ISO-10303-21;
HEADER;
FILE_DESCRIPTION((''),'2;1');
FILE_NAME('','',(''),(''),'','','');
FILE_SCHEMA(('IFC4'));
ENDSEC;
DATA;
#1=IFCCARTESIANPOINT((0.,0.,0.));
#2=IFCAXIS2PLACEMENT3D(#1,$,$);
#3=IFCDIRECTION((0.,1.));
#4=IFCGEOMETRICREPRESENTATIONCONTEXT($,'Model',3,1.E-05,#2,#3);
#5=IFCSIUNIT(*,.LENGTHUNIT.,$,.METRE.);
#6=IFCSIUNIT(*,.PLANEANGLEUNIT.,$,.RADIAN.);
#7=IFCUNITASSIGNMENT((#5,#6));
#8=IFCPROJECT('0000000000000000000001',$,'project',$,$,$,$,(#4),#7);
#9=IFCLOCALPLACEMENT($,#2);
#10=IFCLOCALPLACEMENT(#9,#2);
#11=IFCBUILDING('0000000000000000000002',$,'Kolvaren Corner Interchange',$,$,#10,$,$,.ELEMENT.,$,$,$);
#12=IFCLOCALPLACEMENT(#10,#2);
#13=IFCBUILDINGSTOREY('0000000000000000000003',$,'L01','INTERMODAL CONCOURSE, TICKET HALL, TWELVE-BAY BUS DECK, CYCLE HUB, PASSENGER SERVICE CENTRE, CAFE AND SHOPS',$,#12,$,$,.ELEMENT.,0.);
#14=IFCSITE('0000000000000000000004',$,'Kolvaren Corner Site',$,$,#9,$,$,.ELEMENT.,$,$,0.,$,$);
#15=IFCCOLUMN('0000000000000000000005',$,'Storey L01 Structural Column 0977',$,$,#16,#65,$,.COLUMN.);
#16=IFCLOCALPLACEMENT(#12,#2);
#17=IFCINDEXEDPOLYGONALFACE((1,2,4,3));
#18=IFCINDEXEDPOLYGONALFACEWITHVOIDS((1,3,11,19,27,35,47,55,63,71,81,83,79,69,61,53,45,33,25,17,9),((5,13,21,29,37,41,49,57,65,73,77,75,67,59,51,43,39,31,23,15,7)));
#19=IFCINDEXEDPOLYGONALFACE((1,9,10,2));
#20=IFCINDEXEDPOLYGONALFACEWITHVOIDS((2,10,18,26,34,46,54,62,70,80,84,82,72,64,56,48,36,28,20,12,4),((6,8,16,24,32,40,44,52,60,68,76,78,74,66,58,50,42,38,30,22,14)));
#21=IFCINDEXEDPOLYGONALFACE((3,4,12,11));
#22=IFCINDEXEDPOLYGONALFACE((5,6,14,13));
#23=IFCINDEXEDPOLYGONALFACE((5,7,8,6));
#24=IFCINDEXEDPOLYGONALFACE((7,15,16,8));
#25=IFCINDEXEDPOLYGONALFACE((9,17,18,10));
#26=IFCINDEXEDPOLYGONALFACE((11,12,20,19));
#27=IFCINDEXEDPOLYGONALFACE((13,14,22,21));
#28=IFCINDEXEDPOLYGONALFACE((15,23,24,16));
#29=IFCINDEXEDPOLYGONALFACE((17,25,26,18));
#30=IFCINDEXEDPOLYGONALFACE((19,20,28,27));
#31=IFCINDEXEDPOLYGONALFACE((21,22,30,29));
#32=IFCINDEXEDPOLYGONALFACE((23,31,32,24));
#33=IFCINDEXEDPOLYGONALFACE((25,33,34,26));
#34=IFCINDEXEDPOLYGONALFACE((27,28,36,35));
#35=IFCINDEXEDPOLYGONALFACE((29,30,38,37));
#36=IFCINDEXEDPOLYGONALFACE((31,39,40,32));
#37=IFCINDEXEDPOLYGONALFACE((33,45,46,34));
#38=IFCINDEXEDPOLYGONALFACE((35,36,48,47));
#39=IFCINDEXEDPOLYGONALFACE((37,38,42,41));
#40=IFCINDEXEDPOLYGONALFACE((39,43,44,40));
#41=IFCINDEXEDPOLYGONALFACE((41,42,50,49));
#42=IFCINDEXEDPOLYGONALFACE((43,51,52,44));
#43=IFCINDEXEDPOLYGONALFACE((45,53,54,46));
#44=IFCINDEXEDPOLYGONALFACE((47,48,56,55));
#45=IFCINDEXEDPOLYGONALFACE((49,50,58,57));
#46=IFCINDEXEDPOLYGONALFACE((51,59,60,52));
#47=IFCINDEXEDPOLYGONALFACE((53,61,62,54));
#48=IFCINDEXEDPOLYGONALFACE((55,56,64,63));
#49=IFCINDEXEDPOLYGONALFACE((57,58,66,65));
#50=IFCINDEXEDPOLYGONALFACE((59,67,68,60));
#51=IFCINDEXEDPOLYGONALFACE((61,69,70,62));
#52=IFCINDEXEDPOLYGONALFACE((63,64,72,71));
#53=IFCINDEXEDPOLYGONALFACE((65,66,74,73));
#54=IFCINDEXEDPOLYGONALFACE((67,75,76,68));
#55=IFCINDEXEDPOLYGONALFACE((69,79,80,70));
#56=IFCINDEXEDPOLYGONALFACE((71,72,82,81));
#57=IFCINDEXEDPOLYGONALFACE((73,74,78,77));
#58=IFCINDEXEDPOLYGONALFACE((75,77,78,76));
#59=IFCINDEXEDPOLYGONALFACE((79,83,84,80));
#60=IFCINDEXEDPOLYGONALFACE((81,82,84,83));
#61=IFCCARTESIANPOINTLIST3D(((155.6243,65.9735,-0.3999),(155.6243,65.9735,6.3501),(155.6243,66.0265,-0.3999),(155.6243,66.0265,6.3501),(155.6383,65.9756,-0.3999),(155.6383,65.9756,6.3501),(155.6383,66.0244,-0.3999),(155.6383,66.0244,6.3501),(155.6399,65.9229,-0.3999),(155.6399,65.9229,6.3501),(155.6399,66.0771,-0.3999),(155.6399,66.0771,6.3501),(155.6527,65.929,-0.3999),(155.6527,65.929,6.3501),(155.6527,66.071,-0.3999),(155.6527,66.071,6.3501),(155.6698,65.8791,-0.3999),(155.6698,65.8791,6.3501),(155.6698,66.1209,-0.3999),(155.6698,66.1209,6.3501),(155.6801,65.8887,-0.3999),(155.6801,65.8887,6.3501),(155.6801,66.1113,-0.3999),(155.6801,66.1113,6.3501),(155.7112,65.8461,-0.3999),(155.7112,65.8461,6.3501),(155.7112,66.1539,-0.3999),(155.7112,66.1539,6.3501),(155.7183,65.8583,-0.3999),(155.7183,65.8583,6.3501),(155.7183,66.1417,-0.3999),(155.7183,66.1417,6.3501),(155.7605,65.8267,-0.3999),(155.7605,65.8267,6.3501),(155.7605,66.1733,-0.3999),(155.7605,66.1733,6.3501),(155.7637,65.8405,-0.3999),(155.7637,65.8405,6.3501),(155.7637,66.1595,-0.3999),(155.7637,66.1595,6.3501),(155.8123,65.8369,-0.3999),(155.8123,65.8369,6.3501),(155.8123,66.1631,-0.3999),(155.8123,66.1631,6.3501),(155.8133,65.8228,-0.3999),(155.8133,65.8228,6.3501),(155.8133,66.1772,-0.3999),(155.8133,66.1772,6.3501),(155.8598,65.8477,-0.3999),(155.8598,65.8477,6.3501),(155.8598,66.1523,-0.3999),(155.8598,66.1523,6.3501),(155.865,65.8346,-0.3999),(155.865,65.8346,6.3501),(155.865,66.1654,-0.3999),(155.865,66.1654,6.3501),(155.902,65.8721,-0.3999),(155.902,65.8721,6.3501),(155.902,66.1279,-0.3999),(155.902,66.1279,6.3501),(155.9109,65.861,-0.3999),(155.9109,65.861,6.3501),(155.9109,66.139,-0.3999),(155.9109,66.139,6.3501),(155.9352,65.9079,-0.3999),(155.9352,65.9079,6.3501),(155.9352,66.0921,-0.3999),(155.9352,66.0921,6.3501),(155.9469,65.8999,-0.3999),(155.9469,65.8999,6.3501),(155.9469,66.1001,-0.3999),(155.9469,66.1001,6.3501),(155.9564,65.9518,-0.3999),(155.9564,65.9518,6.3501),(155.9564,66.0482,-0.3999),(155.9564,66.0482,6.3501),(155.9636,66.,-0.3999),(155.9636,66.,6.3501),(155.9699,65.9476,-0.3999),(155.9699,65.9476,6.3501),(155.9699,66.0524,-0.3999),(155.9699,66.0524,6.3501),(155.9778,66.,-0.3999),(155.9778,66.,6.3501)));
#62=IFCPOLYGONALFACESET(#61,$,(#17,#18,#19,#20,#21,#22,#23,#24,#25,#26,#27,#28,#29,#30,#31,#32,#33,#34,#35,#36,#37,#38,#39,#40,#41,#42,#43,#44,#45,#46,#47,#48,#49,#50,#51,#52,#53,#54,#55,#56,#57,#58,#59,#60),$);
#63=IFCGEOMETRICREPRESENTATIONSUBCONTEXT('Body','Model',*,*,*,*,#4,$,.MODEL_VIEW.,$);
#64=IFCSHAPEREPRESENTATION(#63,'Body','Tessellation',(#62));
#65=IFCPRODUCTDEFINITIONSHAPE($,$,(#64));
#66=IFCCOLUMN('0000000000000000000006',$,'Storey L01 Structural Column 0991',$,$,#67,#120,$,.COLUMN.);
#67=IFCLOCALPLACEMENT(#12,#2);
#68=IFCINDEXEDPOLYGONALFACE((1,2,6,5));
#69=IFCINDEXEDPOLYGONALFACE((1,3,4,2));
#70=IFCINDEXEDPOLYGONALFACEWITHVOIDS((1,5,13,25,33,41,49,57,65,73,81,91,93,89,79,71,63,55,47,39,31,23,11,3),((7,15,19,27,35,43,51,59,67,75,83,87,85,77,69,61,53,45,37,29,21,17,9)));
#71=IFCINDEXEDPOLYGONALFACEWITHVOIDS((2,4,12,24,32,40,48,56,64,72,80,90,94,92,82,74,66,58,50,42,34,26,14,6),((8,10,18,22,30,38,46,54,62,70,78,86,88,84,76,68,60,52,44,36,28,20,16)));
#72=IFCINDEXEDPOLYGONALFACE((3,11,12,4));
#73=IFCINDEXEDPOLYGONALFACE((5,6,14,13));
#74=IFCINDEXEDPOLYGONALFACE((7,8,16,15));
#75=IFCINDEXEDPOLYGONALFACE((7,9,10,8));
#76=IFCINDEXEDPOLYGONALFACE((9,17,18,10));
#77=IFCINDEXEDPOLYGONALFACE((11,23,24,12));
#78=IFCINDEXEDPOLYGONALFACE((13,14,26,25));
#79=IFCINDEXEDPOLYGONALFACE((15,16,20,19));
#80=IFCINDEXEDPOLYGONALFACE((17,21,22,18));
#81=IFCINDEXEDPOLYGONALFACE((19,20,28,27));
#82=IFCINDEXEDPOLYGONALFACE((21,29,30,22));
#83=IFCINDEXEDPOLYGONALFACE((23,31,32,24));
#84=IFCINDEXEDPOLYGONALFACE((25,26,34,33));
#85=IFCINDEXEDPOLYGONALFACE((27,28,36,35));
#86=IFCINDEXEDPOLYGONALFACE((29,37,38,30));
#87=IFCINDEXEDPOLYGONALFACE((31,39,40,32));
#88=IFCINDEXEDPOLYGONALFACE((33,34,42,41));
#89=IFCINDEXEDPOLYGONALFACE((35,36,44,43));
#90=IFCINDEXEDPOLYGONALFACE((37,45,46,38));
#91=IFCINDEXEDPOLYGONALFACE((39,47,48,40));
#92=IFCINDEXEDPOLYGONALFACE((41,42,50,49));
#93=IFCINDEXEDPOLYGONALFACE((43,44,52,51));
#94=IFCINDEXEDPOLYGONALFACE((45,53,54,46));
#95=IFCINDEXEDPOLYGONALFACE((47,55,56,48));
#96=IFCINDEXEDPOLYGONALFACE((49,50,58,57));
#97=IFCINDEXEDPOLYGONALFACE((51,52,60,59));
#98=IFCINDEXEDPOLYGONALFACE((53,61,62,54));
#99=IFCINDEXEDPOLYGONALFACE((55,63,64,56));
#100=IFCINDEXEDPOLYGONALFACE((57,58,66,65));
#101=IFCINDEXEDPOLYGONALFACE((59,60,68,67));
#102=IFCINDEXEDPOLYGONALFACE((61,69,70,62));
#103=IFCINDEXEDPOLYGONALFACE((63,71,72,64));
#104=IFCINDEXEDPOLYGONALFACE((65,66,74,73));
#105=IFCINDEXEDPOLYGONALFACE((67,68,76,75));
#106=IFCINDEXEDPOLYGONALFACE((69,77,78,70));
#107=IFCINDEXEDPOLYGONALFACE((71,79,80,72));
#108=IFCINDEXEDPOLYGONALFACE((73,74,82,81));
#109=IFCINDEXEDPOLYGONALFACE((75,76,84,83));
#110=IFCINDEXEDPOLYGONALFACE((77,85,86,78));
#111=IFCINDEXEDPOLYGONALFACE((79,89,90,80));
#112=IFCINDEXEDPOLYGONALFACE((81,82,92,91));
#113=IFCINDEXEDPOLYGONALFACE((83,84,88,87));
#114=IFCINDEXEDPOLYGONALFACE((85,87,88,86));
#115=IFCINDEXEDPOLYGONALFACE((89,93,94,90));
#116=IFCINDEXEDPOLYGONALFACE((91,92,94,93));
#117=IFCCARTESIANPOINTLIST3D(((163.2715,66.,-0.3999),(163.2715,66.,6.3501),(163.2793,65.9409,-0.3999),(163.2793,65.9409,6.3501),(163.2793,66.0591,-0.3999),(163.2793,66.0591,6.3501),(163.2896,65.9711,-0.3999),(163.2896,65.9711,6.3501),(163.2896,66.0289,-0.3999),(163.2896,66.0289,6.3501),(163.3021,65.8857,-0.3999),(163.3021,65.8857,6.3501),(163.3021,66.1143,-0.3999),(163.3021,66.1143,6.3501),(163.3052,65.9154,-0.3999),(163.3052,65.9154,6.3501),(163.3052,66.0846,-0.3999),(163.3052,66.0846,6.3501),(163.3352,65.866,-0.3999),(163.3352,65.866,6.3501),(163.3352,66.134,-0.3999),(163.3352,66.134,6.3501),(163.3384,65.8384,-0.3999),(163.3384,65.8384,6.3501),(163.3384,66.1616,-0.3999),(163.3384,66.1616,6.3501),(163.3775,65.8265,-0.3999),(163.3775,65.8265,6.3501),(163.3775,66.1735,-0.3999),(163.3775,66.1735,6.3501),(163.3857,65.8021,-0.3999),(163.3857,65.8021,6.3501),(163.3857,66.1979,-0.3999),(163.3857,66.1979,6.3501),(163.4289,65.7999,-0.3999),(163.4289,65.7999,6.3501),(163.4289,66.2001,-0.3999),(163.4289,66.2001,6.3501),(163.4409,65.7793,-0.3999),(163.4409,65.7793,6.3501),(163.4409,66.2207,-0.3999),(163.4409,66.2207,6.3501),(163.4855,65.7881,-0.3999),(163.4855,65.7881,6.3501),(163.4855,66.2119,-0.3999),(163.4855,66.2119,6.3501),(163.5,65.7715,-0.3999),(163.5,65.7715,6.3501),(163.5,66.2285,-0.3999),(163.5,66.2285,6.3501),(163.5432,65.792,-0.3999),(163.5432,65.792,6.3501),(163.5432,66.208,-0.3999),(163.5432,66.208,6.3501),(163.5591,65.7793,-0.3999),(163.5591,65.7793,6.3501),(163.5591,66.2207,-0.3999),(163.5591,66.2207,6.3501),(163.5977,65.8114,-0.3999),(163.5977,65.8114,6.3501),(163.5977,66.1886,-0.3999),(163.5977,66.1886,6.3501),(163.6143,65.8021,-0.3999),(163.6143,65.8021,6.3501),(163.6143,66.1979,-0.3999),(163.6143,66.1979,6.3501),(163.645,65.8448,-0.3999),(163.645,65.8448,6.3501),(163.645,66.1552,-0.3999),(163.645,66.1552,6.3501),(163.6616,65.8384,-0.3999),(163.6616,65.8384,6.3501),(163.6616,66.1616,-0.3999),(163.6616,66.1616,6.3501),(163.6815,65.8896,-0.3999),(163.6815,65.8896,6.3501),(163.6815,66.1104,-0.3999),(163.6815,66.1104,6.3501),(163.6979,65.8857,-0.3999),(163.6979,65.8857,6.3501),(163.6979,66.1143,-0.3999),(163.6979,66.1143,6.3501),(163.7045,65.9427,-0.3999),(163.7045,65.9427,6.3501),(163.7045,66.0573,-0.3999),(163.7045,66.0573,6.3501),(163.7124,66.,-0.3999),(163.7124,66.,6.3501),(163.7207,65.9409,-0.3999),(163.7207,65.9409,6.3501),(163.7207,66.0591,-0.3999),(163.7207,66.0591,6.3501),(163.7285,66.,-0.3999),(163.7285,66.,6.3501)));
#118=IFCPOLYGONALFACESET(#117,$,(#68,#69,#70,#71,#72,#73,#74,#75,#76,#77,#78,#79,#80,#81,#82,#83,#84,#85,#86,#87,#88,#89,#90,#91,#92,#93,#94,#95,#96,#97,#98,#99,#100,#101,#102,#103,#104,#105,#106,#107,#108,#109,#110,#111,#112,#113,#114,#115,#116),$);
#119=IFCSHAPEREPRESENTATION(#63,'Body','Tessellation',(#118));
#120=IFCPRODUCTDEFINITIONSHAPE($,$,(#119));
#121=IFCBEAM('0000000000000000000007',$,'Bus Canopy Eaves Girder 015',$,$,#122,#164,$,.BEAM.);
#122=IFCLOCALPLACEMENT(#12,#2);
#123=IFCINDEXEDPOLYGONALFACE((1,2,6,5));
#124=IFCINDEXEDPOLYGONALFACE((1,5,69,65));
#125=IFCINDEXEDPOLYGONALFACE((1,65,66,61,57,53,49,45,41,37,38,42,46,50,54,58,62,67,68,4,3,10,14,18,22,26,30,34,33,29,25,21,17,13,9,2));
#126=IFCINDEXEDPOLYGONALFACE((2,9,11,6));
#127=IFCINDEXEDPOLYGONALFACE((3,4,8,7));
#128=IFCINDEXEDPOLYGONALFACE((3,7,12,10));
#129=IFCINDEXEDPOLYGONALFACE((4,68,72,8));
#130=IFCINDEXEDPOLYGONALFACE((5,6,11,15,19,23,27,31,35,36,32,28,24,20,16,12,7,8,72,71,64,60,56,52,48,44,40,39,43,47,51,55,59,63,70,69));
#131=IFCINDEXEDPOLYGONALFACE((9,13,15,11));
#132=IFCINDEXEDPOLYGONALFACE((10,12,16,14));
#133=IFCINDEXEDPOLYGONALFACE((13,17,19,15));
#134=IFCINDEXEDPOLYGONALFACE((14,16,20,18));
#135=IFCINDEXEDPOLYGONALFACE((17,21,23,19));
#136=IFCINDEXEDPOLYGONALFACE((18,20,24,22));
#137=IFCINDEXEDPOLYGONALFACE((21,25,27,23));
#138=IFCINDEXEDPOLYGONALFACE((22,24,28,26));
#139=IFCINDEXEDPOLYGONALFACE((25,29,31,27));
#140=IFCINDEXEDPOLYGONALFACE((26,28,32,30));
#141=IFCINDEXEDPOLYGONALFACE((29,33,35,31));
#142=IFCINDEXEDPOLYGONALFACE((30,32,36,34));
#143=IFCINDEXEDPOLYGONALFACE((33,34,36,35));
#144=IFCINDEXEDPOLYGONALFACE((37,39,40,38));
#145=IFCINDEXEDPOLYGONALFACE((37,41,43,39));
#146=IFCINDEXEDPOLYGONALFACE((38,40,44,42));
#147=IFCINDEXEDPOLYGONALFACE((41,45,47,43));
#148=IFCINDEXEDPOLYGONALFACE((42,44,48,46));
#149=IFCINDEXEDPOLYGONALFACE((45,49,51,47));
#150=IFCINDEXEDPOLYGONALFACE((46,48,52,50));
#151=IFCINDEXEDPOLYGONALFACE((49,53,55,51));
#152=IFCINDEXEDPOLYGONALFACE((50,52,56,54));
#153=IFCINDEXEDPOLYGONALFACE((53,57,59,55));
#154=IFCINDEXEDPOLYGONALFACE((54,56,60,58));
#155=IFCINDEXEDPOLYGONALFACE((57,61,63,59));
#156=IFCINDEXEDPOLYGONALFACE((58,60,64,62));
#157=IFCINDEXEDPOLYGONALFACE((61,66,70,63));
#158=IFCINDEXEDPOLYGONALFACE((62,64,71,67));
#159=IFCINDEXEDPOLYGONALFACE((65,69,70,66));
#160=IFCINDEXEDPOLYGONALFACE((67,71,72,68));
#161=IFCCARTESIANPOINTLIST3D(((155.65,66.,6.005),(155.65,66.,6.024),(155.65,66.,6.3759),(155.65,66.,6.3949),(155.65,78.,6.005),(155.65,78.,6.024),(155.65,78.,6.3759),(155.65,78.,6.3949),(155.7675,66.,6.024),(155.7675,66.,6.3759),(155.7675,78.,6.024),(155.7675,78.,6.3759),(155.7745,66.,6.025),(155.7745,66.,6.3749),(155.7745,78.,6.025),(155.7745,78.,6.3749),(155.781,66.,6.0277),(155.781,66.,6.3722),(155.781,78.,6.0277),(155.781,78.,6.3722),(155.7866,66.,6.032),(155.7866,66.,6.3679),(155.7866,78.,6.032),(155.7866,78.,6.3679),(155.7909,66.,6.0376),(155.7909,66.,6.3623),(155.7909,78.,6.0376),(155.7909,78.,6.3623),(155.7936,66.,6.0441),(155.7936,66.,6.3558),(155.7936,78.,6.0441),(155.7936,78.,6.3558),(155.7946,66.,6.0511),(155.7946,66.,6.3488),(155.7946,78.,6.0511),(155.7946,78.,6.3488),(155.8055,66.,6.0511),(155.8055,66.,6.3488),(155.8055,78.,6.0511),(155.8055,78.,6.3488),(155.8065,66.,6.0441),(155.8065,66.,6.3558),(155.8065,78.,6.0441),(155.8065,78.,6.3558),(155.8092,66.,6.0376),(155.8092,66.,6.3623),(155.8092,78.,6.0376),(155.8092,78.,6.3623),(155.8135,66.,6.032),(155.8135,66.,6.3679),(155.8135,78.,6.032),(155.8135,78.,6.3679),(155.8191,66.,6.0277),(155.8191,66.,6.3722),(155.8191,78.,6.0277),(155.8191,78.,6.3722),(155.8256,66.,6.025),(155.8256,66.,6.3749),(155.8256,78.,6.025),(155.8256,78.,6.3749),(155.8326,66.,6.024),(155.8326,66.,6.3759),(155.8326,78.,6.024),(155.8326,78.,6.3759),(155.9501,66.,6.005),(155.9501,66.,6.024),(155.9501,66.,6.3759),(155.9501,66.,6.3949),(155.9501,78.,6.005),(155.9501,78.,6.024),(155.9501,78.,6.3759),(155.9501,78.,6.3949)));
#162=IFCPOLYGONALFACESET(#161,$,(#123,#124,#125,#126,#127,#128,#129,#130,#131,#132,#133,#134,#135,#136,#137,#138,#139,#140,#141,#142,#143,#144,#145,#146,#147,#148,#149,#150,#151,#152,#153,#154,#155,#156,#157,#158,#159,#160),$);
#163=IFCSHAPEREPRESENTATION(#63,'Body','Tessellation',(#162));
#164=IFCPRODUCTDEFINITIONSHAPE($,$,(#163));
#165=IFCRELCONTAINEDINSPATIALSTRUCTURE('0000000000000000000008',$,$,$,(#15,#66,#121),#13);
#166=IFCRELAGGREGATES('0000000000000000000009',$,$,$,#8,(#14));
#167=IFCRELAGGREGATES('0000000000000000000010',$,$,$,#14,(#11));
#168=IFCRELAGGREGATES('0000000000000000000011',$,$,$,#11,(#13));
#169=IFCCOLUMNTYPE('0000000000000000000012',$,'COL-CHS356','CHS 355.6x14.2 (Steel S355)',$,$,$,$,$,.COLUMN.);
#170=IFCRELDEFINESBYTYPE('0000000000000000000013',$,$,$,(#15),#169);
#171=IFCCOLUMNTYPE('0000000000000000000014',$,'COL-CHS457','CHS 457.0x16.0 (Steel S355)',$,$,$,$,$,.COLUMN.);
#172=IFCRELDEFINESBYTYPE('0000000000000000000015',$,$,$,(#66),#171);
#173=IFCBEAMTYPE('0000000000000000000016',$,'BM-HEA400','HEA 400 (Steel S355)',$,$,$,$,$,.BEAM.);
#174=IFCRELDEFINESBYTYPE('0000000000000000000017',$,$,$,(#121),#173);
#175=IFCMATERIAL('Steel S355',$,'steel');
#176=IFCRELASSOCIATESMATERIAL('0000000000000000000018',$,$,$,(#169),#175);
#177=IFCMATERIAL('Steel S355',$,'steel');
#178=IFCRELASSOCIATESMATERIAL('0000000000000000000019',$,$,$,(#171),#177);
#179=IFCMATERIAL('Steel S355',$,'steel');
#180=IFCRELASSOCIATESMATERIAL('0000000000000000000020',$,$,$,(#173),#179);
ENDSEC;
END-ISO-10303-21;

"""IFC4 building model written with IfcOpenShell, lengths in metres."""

from ifc_helpers import new_model, si_unit, direction, frame, origin, origin_2d, place, context, subcontext, project, spatial, hollow_circle, i_section, extrude, material, material_profile, profile_set, type_object, element, save


model = new_model("IFC4")

# Units and contexts
model_context = context("Model", 3, precision=1e-05, world=origin(), true_north=direction((0.0, 1.0)))
body_context = subcontext(model_context, "Body", "Model", "MODEL_VIEW")
ifc_project = project(units=[si_unit("LENGTHUNIT", "METRE"), si_unit("PLANEANGLEUNIT", "RADIAN")], contexts=[model_context])

# Site, building, storey
site_placement = place(None, origin())
site = spatial("IfcSite", under=ifc_project, at=site_placement, Name="Kolvaren Corner Site", CompositionType="ELEMENT", RefElevation=0.0)
building_placement = place(site_placement, origin())
building = spatial("IfcBuilding", under=site, at=building_placement, Name="Kolvaren Corner Interchange", CompositionType="ELEMENT")
storey_placement = place(building_placement, origin())
storey = spatial("IfcBuildingStorey", under=building, at=storey_placement, Name="L01", Description="INTERMODAL CONCOURSE, TICKET HALL, TWELVE-BAY BUS DECK, CYCLE HUB, PASSENGER SERVICE CENTRE, CAFE AND SHOPS", CompositionType="ELEMENT", Elevation=0.0)

# Columns
ifc_material_1 = material(Name="Steel S355", Category="steel")
ifc_material_profile_1 = material_profile(ifc_material_1, hollow_circle(Radius=0.1777, WallThickness=0.0142, at=origin_2d()), Name="CHS 355.6x14.2")
ifc_profile_set_1 = profile_set([ifc_material_profile_1], Name="Steel S355")
column_type_1 = type_object("IfcColumnType", Name="COL-CHS356", Description="CHS 355.6x14.2 (Steel S355)", PredefinedType="COLUMN", material=ifc_profile_set_1)
column_1_placement = place(storey_placement, frame((155.8, 66.0, -0.3999), z_axis=(0.0, 0.0, 1.0), x_axis=(1.0, 0.0, 0.0)))
element("IfcColumn", 1, at=column_1_placement, inside=storey, type_object=column_type_1, Name="Storey L01 Structural Column 0977", PredefinedType="COLUMN", context=body_context, shape_type="SweptSolid", body=[
    extrude(hollow_circle(Radius=0.1777, WallThickness=0.0142, at=origin_2d()), origin(), (0.0, 0.0, 1.0), 6.75),
])
ifc_material_2 = material(Name="Steel S355", Category="steel")
ifc_material_profile_2 = material_profile(ifc_material_2, hollow_circle(Radius=0.2285, WallThickness=0.0161, at=origin_2d()), Name="CHS 457.0x16.0")
ifc_profile_set_2 = profile_set([ifc_material_profile_2], Name="Steel S355")
column_type_2 = type_object("IfcColumnType", Name="COL-CHS457", Description="CHS 457.0x16.0 (Steel S355)", PredefinedType="COLUMN", material=ifc_profile_set_2)
column_2_placement = place(storey_placement, frame((163.5, 66.0, -0.3999), z_axis=(0.0, 0.0, 1.0), x_axis=(1.0, 0.0, 0.0)))
element("IfcColumn", 2, at=column_2_placement, inside=storey, type_object=column_type_2, Name="Storey L01 Structural Column 0991", PredefinedType="COLUMN", context=body_context, shape_type="SweptSolid", body=[
    extrude(hollow_circle(Radius=0.2285, WallThickness=0.0161, at=origin_2d()), origin(), (0.0, 0.0, 1.0), 6.75),
])

# Beam
ifc_material_3 = material(Name="Steel S355", Category="steel")
ifc_material_profile_3 = material_profile(ifc_material_3, i_section(OverallWidth=0.3, OverallDepth=0.3899, WebThickness=0.011, FlangeThickness=0.019, FilletRadius=0.0271, at=origin_2d()), Name="HEA 400")
ifc_profile_set_3 = profile_set([ifc_material_profile_3], Name="Steel S355")
beam_type = type_object("IfcBeamType", Name="BM-HEA400", Description="HEA 400 (Steel S355)", PredefinedType="BEAM", material=ifc_profile_set_3)
for number, where, z_axis, x_axis, name in (
    (3, (155.8, 66.0, 6.2), (0.0, 1.0, 0.0), (-1.0, 0.0, 0.0), "Bus Canopy Eaves Girder 015"),
):
    element("IfcBeam", number, at=place(storey_placement, frame(where, z_axis=z_axis, x_axis=x_axis)), inside=storey, type_object=beam_type, Name=name, PredefinedType="BEAM", context=body_context, shape_type="SweptSolid", body=[
        extrude(i_section(OverallWidth=0.3, OverallDepth=0.3899, WebThickness=0.011, FlangeThickness=0.019, FilletRadius=0.0271, at=origin_2d()), origin(), (0.0, 0.0, 1.0), 12.0),
    ])

save(model, "model.ifc")
